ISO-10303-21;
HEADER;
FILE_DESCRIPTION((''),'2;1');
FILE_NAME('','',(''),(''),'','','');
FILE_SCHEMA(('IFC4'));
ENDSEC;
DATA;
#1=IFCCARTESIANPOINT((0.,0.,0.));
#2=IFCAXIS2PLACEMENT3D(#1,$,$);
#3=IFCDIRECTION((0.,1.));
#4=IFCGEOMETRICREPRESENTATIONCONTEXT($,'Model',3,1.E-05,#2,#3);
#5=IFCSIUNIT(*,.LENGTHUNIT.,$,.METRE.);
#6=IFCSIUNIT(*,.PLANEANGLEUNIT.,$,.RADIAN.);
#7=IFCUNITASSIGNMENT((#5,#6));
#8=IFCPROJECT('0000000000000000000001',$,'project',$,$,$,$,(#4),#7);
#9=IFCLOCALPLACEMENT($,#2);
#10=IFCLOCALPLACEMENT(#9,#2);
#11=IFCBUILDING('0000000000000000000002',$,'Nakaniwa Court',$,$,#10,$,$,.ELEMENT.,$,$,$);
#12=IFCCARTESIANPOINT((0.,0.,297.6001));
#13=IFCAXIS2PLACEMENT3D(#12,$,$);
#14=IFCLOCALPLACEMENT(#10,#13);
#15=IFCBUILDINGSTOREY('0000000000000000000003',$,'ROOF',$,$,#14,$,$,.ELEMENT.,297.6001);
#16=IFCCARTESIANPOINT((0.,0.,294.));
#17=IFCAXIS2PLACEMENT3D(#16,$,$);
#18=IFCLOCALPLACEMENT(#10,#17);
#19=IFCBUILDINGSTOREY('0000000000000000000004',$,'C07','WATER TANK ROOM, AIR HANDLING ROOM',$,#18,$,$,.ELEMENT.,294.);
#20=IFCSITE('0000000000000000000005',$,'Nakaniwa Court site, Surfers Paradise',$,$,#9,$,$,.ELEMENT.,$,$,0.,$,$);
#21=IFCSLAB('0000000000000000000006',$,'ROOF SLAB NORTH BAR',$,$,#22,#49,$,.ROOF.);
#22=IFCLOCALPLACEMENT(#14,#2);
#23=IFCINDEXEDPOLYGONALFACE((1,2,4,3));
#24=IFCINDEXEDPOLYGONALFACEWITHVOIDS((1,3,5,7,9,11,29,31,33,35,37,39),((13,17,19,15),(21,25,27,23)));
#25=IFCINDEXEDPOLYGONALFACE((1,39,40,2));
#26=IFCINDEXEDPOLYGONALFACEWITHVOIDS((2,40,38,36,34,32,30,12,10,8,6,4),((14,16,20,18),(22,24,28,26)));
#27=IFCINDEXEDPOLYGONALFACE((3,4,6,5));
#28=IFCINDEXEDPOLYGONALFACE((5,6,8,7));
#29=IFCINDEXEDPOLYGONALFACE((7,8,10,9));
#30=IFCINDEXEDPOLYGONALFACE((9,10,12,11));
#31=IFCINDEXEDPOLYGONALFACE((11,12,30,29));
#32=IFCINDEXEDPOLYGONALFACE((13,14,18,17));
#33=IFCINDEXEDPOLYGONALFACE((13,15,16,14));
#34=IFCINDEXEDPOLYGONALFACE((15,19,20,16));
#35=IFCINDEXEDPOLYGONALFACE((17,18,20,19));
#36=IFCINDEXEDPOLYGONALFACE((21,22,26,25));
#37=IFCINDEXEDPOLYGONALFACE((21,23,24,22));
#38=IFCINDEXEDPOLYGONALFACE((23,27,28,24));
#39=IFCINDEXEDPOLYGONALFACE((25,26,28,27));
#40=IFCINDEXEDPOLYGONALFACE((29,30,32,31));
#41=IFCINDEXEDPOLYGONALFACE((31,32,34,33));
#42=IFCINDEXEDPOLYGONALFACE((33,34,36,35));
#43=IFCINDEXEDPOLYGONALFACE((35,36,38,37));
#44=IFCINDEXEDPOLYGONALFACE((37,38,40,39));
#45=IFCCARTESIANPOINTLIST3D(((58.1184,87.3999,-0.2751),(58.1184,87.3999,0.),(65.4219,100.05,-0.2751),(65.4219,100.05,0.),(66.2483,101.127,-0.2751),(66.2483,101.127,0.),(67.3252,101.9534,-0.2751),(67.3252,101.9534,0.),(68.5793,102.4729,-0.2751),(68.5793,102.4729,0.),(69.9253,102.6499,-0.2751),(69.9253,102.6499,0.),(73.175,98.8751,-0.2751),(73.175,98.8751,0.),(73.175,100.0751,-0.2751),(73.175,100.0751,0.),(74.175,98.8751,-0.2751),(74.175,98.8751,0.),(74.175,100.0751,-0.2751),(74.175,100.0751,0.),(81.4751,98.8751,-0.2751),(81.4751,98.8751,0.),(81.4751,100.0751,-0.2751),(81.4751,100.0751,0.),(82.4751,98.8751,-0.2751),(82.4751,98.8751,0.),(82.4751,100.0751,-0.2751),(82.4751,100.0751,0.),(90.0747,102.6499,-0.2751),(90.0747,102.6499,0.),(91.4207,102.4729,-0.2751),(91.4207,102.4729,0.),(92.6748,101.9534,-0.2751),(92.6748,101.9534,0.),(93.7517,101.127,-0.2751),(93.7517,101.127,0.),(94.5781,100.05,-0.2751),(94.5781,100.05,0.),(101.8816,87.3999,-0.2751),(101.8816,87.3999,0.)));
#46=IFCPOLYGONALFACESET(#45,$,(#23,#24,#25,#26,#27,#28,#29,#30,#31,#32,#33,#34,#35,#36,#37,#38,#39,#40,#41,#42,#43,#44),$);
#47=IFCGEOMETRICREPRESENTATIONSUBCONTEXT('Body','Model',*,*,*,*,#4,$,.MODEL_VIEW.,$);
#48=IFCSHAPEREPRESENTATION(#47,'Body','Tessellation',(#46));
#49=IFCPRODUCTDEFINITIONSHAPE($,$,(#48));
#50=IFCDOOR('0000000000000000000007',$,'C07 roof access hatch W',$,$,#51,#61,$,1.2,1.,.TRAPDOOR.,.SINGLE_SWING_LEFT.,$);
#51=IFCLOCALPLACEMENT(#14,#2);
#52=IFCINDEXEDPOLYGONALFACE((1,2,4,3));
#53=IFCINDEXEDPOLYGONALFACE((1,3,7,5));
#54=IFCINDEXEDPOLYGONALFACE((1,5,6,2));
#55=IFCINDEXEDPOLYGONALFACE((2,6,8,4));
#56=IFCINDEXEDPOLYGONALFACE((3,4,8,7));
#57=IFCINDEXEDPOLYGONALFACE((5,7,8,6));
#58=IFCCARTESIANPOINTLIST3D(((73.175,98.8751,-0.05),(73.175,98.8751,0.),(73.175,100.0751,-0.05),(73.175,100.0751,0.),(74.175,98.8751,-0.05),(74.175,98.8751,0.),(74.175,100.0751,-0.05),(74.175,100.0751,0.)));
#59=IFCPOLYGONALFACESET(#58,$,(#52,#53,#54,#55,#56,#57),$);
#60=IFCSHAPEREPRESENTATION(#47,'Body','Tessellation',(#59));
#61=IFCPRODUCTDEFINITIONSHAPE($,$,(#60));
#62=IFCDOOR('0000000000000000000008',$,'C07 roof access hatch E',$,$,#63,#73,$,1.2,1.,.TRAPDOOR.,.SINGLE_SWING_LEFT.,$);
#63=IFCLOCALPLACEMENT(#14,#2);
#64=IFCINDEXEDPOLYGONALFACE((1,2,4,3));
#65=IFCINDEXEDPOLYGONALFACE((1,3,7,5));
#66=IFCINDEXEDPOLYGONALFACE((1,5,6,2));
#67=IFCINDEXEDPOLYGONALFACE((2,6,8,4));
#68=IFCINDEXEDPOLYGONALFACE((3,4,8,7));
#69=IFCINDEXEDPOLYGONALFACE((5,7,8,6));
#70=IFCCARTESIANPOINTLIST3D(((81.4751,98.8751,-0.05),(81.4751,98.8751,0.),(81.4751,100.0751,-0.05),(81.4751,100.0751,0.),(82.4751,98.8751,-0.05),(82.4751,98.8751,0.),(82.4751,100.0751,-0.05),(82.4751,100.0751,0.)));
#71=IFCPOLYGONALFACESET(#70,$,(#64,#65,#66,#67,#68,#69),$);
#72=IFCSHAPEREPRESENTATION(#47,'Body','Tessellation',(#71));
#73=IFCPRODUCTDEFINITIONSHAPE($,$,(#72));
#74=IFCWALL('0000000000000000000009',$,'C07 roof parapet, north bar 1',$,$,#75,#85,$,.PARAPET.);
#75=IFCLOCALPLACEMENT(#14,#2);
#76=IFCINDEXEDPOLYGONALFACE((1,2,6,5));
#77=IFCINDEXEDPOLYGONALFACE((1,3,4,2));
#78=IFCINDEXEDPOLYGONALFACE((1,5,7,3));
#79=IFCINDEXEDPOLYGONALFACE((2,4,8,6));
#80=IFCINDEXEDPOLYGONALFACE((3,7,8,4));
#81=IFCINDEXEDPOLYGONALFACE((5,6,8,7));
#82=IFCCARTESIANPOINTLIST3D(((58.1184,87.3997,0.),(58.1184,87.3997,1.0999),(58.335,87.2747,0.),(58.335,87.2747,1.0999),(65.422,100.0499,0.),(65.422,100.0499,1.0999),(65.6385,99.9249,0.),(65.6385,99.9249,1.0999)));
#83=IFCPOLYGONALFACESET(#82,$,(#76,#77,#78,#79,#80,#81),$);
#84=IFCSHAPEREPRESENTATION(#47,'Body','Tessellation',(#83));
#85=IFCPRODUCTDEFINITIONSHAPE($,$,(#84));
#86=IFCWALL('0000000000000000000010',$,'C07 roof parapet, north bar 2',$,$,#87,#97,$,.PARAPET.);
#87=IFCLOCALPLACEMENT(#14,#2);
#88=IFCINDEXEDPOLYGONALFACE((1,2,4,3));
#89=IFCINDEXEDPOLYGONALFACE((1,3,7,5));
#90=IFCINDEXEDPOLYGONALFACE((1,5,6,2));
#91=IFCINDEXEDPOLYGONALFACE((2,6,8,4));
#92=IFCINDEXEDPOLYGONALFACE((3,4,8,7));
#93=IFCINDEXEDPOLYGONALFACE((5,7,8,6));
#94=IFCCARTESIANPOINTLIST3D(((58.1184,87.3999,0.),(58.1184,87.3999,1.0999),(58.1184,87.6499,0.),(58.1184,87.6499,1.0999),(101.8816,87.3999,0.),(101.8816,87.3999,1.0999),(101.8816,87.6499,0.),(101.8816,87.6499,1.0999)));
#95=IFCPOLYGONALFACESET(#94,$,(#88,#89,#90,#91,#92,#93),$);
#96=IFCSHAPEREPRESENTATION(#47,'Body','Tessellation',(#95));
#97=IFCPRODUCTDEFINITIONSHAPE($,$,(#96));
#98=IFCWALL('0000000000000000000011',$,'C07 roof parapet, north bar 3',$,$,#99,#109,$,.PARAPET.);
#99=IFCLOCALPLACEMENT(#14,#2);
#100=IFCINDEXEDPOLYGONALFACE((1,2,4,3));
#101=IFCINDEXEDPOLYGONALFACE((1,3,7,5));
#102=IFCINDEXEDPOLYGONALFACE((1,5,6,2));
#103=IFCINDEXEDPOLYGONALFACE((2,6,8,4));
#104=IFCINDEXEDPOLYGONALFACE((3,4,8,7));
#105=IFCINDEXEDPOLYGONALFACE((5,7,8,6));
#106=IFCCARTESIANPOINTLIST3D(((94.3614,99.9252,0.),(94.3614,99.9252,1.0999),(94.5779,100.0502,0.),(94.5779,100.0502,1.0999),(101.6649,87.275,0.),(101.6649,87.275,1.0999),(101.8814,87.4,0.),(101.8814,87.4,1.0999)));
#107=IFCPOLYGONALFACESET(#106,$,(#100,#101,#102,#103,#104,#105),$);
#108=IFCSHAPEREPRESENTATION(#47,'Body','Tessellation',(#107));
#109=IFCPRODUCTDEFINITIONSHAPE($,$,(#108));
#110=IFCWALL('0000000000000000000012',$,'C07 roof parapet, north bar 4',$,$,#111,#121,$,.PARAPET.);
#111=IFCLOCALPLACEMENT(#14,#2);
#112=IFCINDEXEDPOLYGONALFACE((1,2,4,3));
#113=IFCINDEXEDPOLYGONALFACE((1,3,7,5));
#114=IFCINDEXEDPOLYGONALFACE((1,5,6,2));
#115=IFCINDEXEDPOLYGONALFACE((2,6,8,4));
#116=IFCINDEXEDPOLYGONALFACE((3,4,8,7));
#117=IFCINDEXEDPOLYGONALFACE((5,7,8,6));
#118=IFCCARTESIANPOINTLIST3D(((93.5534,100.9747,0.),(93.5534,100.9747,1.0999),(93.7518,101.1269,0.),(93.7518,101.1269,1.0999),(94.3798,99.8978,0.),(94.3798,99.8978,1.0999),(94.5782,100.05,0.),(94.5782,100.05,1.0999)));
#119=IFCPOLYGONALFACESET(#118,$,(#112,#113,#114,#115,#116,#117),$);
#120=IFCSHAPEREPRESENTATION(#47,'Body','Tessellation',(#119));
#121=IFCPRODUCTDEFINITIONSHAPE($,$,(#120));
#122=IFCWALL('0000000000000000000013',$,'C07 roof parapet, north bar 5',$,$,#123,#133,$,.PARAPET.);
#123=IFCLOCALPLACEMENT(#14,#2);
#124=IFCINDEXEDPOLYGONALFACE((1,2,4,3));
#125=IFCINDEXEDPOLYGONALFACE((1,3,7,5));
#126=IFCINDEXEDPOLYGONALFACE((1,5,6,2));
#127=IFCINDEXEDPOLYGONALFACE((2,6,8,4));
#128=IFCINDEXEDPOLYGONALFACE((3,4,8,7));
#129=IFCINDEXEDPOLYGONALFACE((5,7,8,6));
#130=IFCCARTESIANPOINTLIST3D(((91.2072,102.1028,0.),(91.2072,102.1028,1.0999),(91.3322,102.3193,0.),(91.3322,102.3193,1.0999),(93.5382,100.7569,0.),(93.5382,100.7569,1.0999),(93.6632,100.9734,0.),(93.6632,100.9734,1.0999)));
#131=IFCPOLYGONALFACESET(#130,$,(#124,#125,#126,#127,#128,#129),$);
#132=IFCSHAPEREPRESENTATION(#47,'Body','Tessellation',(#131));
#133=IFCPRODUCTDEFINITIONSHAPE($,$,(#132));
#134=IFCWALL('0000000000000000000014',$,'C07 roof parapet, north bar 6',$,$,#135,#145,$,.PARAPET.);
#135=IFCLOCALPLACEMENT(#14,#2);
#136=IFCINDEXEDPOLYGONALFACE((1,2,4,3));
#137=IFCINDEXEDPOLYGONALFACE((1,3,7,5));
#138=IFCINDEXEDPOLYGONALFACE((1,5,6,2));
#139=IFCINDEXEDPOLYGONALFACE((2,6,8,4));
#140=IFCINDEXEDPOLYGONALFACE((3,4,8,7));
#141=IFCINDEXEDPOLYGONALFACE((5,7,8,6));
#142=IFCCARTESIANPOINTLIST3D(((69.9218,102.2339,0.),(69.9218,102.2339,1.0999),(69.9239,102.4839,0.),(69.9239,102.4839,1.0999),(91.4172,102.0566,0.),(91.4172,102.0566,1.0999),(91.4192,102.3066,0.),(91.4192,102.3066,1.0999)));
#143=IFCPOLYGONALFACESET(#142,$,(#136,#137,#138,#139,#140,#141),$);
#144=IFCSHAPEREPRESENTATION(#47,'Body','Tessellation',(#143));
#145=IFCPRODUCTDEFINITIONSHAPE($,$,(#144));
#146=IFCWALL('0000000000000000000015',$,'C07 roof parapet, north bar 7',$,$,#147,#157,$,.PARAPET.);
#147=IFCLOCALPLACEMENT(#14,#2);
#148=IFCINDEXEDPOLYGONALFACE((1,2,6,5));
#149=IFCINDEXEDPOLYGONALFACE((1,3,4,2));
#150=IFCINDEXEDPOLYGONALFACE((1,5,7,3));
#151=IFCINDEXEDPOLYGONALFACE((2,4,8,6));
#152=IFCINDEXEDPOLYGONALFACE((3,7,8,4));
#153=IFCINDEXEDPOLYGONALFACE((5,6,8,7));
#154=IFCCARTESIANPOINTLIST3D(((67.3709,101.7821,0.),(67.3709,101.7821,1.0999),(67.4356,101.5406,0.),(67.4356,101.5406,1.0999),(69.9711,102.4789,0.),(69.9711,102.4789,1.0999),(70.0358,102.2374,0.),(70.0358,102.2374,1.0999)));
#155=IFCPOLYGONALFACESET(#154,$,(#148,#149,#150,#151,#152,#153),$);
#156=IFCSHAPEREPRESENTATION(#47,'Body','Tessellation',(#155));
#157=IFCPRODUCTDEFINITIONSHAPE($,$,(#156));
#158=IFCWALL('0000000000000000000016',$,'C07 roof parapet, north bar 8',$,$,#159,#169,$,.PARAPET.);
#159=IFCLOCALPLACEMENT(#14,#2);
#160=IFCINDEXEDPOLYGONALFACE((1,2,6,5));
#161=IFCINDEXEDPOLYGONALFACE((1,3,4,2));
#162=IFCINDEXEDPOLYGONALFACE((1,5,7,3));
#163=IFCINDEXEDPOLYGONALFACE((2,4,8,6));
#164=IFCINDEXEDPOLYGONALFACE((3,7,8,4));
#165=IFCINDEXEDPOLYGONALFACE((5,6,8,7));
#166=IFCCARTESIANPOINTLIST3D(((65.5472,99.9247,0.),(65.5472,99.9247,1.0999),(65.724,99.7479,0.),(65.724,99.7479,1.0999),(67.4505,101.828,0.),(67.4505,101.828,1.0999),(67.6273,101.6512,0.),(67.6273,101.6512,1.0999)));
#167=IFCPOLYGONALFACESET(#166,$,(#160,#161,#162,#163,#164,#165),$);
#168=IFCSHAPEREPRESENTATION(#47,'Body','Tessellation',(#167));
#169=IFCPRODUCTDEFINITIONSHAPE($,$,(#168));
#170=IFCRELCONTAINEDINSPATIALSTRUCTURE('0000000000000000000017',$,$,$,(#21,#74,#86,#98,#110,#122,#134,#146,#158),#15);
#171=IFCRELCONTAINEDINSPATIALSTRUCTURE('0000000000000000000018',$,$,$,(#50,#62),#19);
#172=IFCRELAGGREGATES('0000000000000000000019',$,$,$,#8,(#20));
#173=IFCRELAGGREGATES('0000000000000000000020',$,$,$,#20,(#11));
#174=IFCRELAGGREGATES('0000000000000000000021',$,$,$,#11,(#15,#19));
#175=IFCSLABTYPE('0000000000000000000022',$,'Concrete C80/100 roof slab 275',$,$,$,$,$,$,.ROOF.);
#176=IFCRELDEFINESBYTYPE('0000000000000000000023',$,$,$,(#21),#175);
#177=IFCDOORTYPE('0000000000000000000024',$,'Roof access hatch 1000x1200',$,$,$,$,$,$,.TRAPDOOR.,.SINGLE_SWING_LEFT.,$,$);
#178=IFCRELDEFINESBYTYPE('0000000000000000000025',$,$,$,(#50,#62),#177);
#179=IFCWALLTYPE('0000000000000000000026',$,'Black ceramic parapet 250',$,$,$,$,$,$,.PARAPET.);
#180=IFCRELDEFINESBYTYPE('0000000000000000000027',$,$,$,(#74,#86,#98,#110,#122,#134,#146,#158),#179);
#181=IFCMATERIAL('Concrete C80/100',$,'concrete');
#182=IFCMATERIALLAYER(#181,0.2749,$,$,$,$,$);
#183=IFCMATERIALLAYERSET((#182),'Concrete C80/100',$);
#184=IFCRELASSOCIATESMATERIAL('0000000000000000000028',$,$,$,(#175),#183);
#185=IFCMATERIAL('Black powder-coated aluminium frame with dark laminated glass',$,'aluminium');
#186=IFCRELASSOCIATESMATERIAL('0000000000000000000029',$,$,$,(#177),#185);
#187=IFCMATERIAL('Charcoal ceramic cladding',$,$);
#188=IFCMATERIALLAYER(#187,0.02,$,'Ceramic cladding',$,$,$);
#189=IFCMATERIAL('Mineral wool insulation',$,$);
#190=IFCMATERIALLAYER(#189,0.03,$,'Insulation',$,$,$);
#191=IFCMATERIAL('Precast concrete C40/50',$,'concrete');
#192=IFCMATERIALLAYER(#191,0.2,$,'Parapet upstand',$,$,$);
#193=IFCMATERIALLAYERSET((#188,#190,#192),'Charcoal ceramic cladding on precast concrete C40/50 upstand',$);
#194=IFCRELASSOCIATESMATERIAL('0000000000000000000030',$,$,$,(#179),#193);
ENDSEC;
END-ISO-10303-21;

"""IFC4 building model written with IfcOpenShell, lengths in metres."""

from ifc_helpers import new_model, si_unit, direction, frame, frame_2d, origin, origin_2d, place, context, subcontext, project, spatial, polyline, rectangle, outline, extrude, material, layer, layer_set, type_object, element, fill, save


model = new_model("IFC4")

# Units and contexts
model_context = context("Model", 3, precision=1e-05, world=origin(), true_north=direction((0.0, 1.0)))
body_context = subcontext(model_context, "Body", "Model", "MODEL_VIEW")
ifc_project = project(units=[si_unit("LENGTHUNIT", "METRE"), si_unit("PLANEANGLEUNIT", "RADIAN")], contexts=[model_context])

# Site, building, storey
site_placement = place(None, origin())
site = spatial("IfcSite", under=ifc_project, at=site_placement, Name="Nakaniwa Court site, Surfers Paradise", CompositionType="ELEMENT", RefElevation=0.0)
building_placement = place(site_placement, origin())
building = spatial("IfcBuilding", under=site, at=building_placement, Name="Nakaniwa Court", CompositionType="ELEMENT")
storey_1_placement = place(building_placement, frame((0.0, 0.0, 297.6001)))
storey_1 = spatial("IfcBuildingStorey", under=building, at=storey_1_placement, Name="ROOF", CompositionType="ELEMENT", Elevation=297.6001)

# Slab, openings
ifc_material_1 = material(Name="Concrete C80/100", Category="concrete")
ifc_layer_1 = layer(ifc_material_1, 0.2749)
ifc_layer_set_1 = layer_set([ifc_layer_1], Name="Concrete C80/100")
slab_type = type_object("IfcSlabType", Name="Concrete C80/100 roof slab 275", PredefinedType="ROOF", material=ifc_layer_set_1)
slab_placement = place(storey_1_placement, frame((0.0, 0.0, -0.2751)))
slab = element("IfcSlab", 1, at=slab_placement, inside=storey_1, type_object=slab_type, Name="ROOF SLAB NORTH BAR", PredefinedType="ROOF", context=body_context, shape_type="SweptSolid", body=[
    extrude(outline(polyline([(58.1184, 87.3999), (101.8816, 87.3999), (94.5781, 100.05), (93.7517, 101.127), (92.6748, 101.9534), (91.4207, 102.4729), (90.0747, 102.6499), (69.9253, 102.6499), (68.5793, 102.4729), (67.3252, 101.9534), (66.2483, 101.127), (65.4219, 100.05), (58.1184, 87.3999)])), origin(), (0.0, 0.0, 1.0), 0.2751),
])
opening_1_placement = place(slab_placement, frame((73.675, 99.4751, 0.0)))
opening_1 = element("IfcOpeningElement", 2, at=opening_1_placement, cuts=slab, PredefinedType="OPENING", context=body_context, shape_type="SweptSolid", body=[
    extrude(rectangle(XDim=1.0, YDim=1.2, at=origin_2d()), frame((0.0, 0.0, -0.01)), (0.0, 0.0, 1.0), 0.2952),
])
opening_2_placement = place(slab_placement, frame((81.9751, 99.4751, 0.0)))
opening_2 = element("IfcOpeningElement", 3, at=opening_2_placement, cuts=slab, PredefinedType="OPENING", context=body_context, shape_type="SweptSolid", body=[
    extrude(rectangle(XDim=1.0, YDim=1.2, at=origin_2d()), frame((0.0, 0.0, -0.01)), (0.0, 0.0, 1.0), 0.2952),
])

# Shared definitions
storey_2_placement = place(building_placement, frame((0.0, 0.0, 294.0)))
storey_2 = spatial("IfcBuildingStorey", under=building, at=storey_2_placement, Name="C07", Description="WATER TANK ROOM, AIR HANDLING ROOM", CompositionType="ELEMENT", Elevation=294.0)

# Doors
ifc_material_2 = material(Name="Black powder-coated aluminium frame with dark laminated glass", Category="aluminium")
door_type = type_object("IfcDoorType", Name="Roof access hatch 1000x1200", OperationType="SINGLE_SWING_LEFT", PredefinedType="TRAPDOOR", material=ifc_material_2)
door_1_placement = place(opening_1_placement, frame((0.0, 0.0, 0.2251)))
door_1 = element("IfcDoor", 4, at=door_1_placement, inside=storey_2, type_object=door_type, Name="C07 roof access hatch W", OperationType="SINGLE_SWING_LEFT", OverallHeight=1.2, OverallWidth=1.0, PredefinedType="TRAPDOOR", context=body_context, shape_type="SweptSolid", body=[
    extrude(rectangle(XDim=1.0, YDim=1.2, at=origin_2d()), origin(), (0.0, 0.0, 1.0), 0.05),
])
fill(opening_1, door_1)
door_2_placement = place(opening_2_placement, frame((0.0, 0.0, 0.2251)))
door_2 = element("IfcDoor", 5, at=door_2_placement, inside=storey_2, type_object=door_type, Name="C07 roof access hatch E", OperationType="SINGLE_SWING_LEFT", OverallHeight=1.2, OverallWidth=1.0, PredefinedType="TRAPDOOR", context=body_context, shape_type="SweptSolid", body=[
    extrude(rectangle(XDim=1.0, YDim=1.2, at=origin_2d()), origin(), (0.0, 0.0, 1.0), 0.05),
])
fill(opening_2, door_2)

# Walls
ifc_material_3 = material(Name="Charcoal ceramic cladding")
ifc_layer_2 = layer(ifc_material_3, 0.02, Name="Ceramic cladding")
ifc_material_4 = material(Name="Mineral wool insulation")
ifc_layer_3 = layer(ifc_material_4, 0.03, Name="Insulation")
ifc_material_5 = material(Name="Precast concrete C40/50", Category="concrete")
ifc_layer_4 = layer(ifc_material_5, 0.2, Name="Parapet upstand")
ifc_layer_set_2 = layer_set([ifc_layer_2, ifc_layer_3, ifc_layer_4], Name="Charcoal ceramic cladding on precast concrete C40/50 upstand")
wall_type = type_object("IfcWallType", Name="Black ceramic parapet 250", PredefinedType="PARAPET", material=ifc_layer_set_2)
wall_1_placement = place(storey_1_placement, frame((65.5303, 99.9875, 0.0), z_axis=(0.0, 0.0, 1.0), x_axis=(-0.499995, -0.866028, 0.0)))
element("IfcWall", 6, at=wall_1_placement, inside=storey_1, type_object=wall_type, Name="C07 roof parapet, north bar 1", PredefinedType="PARAPET", context=body_context, shape_type="SweptSolid", body=[
    extrude(rectangle(XDim=14.6072, YDim=0.25, at=frame_2d((7.3037, 0.0))), origin(), (0.0, 0.0, 1.0), 1.0999),
])
wall_2_placement = place(storey_1_placement, frame((58.1184, 87.5249, 0.0), z_axis=(0.0, 0.0, 1.0), x_axis=(1.0, 0.0, 0.0)))
element("IfcWall", 7, at=wall_2_placement, inside=storey_1, type_object=wall_type, Name="C07 roof parapet, north bar 2", PredefinedType="PARAPET", context=body_context, shape_type="SweptSolid", body=[
    extrude(rectangle(XDim=43.7632, YDim=0.25, at=frame_2d((21.8816, 0.0))), origin(), (0.0, 0.0, 1.0), 1.0999),
])
wall_3_placement = place(storey_1_placement, frame((101.7732, 87.3374, 0.0), z_axis=(0.0, 0.0, 1.0), x_axis=(-0.499995, 0.866028, 0.0)))
element("IfcWall", 8, at=wall_3_placement, inside=storey_1, type_object=wall_type, Name="C07 roof parapet, north bar 3", PredefinedType="PARAPET", context=body_context, shape_type="SweptSolid", body=[
    extrude(rectangle(XDim=14.6072, YDim=0.25, at=frame_2d((7.3037, 0.0))), origin(), (0.0, 0.0, 1.0), 1.0999),
])
wall_4_placement = place(storey_1_placement, frame((94.479, 99.9739, 0.0), z_axis=(0.0, 0.0, 1.0), x_axis=(-0.608798, 0.793325, 0.0)))
element("IfcWall", 9, at=wall_4_placement, inside=storey_1, type_object=wall_type, Name="C07 roof parapet, north bar 4", PredefinedType="PARAPET", context=body_context, shape_type="SweptSolid", body=[
    extrude(rectangle(XDim=1.3574, YDim=0.25, at=frame_2d((0.6787, 0.0))), origin(), (0.0, 0.0, 1.0), 1.0999),
])
wall_5_placement = place(storey_1_placement, frame((93.6006, 100.8652, 0.0), z_axis=(0.0, 0.0, 1.0), x_axis=(-0.866007, 0.500031, 0.0)))
element("IfcWall", 10, at=wall_5_placement, inside=storey_1, type_object=wall_type, Name="C07 roof parapet, north bar 5", PredefinedType="PARAPET", context=body_context, shape_type="SweptSolid", body=[
    extrude(rectangle(XDim=2.6917, YDim=0.25, at=frame_2d((1.3457, 0.0))), origin(), (0.0, 0.0, 1.0), 1.0999),
])
wall_6_placement = place(storey_1_placement, frame((91.4182, 102.1816, 0.0), z_axis=(0.0, 0.0, 1.0), x_axis=(-0.999966, 0.008246, 0.0)))
element("IfcWall", 11, at=wall_6_placement, inside=storey_1, type_object=wall_type, Name="C07 roof parapet, north bar 6", PredefinedType="PARAPET", context=body_context, shape_type="SweptSolid", body=[
    extrude(rectangle(XDim=21.4961, YDim=0.25, at=frame_2d((10.748, 0.0))), origin(), (0.0, 0.0, 1.0), 1.0999),
])
wall_7_placement = place(storey_1_placement, frame((70.0034, 102.3582, 0.0), z_axis=(0.0, 0.0, 1.0), x_axis=(-0.965918, -0.258848, 0.0)))
element("IfcWall", 12, at=wall_7_placement, inside=storey_1, type_object=wall_type, Name="C07 roof parapet, north bar 7", PredefinedType="PARAPET", context=body_context, shape_type="SweptSolid", body=[
    extrude(rectangle(XDim=2.6919, YDim=0.25, at=frame_2d((1.3459, 0.0))), origin(), (0.0, 0.0, 1.0), 1.0999),
])
wall_8_placement = place(storey_1_placement, frame((67.5388, 101.7395, 0.0), z_axis=(0.0, 0.0, 1.0), x_axis=(-0.707107, -0.707107, 0.0)))
element("IfcWall", 13, at=wall_8_placement, inside=storey_1, type_object=wall_type, Name="C07 roof parapet, north bar 8", PredefinedType="PARAPET", context=body_context, shape_type="SweptSolid", body=[
    extrude(rectangle(XDim=2.6917, YDim=0.25, at=frame_2d((1.3457, 0.0))), origin(), (0.0, 0.0, 1.0), 1.0999),
])

save(model, "model.ifc")
